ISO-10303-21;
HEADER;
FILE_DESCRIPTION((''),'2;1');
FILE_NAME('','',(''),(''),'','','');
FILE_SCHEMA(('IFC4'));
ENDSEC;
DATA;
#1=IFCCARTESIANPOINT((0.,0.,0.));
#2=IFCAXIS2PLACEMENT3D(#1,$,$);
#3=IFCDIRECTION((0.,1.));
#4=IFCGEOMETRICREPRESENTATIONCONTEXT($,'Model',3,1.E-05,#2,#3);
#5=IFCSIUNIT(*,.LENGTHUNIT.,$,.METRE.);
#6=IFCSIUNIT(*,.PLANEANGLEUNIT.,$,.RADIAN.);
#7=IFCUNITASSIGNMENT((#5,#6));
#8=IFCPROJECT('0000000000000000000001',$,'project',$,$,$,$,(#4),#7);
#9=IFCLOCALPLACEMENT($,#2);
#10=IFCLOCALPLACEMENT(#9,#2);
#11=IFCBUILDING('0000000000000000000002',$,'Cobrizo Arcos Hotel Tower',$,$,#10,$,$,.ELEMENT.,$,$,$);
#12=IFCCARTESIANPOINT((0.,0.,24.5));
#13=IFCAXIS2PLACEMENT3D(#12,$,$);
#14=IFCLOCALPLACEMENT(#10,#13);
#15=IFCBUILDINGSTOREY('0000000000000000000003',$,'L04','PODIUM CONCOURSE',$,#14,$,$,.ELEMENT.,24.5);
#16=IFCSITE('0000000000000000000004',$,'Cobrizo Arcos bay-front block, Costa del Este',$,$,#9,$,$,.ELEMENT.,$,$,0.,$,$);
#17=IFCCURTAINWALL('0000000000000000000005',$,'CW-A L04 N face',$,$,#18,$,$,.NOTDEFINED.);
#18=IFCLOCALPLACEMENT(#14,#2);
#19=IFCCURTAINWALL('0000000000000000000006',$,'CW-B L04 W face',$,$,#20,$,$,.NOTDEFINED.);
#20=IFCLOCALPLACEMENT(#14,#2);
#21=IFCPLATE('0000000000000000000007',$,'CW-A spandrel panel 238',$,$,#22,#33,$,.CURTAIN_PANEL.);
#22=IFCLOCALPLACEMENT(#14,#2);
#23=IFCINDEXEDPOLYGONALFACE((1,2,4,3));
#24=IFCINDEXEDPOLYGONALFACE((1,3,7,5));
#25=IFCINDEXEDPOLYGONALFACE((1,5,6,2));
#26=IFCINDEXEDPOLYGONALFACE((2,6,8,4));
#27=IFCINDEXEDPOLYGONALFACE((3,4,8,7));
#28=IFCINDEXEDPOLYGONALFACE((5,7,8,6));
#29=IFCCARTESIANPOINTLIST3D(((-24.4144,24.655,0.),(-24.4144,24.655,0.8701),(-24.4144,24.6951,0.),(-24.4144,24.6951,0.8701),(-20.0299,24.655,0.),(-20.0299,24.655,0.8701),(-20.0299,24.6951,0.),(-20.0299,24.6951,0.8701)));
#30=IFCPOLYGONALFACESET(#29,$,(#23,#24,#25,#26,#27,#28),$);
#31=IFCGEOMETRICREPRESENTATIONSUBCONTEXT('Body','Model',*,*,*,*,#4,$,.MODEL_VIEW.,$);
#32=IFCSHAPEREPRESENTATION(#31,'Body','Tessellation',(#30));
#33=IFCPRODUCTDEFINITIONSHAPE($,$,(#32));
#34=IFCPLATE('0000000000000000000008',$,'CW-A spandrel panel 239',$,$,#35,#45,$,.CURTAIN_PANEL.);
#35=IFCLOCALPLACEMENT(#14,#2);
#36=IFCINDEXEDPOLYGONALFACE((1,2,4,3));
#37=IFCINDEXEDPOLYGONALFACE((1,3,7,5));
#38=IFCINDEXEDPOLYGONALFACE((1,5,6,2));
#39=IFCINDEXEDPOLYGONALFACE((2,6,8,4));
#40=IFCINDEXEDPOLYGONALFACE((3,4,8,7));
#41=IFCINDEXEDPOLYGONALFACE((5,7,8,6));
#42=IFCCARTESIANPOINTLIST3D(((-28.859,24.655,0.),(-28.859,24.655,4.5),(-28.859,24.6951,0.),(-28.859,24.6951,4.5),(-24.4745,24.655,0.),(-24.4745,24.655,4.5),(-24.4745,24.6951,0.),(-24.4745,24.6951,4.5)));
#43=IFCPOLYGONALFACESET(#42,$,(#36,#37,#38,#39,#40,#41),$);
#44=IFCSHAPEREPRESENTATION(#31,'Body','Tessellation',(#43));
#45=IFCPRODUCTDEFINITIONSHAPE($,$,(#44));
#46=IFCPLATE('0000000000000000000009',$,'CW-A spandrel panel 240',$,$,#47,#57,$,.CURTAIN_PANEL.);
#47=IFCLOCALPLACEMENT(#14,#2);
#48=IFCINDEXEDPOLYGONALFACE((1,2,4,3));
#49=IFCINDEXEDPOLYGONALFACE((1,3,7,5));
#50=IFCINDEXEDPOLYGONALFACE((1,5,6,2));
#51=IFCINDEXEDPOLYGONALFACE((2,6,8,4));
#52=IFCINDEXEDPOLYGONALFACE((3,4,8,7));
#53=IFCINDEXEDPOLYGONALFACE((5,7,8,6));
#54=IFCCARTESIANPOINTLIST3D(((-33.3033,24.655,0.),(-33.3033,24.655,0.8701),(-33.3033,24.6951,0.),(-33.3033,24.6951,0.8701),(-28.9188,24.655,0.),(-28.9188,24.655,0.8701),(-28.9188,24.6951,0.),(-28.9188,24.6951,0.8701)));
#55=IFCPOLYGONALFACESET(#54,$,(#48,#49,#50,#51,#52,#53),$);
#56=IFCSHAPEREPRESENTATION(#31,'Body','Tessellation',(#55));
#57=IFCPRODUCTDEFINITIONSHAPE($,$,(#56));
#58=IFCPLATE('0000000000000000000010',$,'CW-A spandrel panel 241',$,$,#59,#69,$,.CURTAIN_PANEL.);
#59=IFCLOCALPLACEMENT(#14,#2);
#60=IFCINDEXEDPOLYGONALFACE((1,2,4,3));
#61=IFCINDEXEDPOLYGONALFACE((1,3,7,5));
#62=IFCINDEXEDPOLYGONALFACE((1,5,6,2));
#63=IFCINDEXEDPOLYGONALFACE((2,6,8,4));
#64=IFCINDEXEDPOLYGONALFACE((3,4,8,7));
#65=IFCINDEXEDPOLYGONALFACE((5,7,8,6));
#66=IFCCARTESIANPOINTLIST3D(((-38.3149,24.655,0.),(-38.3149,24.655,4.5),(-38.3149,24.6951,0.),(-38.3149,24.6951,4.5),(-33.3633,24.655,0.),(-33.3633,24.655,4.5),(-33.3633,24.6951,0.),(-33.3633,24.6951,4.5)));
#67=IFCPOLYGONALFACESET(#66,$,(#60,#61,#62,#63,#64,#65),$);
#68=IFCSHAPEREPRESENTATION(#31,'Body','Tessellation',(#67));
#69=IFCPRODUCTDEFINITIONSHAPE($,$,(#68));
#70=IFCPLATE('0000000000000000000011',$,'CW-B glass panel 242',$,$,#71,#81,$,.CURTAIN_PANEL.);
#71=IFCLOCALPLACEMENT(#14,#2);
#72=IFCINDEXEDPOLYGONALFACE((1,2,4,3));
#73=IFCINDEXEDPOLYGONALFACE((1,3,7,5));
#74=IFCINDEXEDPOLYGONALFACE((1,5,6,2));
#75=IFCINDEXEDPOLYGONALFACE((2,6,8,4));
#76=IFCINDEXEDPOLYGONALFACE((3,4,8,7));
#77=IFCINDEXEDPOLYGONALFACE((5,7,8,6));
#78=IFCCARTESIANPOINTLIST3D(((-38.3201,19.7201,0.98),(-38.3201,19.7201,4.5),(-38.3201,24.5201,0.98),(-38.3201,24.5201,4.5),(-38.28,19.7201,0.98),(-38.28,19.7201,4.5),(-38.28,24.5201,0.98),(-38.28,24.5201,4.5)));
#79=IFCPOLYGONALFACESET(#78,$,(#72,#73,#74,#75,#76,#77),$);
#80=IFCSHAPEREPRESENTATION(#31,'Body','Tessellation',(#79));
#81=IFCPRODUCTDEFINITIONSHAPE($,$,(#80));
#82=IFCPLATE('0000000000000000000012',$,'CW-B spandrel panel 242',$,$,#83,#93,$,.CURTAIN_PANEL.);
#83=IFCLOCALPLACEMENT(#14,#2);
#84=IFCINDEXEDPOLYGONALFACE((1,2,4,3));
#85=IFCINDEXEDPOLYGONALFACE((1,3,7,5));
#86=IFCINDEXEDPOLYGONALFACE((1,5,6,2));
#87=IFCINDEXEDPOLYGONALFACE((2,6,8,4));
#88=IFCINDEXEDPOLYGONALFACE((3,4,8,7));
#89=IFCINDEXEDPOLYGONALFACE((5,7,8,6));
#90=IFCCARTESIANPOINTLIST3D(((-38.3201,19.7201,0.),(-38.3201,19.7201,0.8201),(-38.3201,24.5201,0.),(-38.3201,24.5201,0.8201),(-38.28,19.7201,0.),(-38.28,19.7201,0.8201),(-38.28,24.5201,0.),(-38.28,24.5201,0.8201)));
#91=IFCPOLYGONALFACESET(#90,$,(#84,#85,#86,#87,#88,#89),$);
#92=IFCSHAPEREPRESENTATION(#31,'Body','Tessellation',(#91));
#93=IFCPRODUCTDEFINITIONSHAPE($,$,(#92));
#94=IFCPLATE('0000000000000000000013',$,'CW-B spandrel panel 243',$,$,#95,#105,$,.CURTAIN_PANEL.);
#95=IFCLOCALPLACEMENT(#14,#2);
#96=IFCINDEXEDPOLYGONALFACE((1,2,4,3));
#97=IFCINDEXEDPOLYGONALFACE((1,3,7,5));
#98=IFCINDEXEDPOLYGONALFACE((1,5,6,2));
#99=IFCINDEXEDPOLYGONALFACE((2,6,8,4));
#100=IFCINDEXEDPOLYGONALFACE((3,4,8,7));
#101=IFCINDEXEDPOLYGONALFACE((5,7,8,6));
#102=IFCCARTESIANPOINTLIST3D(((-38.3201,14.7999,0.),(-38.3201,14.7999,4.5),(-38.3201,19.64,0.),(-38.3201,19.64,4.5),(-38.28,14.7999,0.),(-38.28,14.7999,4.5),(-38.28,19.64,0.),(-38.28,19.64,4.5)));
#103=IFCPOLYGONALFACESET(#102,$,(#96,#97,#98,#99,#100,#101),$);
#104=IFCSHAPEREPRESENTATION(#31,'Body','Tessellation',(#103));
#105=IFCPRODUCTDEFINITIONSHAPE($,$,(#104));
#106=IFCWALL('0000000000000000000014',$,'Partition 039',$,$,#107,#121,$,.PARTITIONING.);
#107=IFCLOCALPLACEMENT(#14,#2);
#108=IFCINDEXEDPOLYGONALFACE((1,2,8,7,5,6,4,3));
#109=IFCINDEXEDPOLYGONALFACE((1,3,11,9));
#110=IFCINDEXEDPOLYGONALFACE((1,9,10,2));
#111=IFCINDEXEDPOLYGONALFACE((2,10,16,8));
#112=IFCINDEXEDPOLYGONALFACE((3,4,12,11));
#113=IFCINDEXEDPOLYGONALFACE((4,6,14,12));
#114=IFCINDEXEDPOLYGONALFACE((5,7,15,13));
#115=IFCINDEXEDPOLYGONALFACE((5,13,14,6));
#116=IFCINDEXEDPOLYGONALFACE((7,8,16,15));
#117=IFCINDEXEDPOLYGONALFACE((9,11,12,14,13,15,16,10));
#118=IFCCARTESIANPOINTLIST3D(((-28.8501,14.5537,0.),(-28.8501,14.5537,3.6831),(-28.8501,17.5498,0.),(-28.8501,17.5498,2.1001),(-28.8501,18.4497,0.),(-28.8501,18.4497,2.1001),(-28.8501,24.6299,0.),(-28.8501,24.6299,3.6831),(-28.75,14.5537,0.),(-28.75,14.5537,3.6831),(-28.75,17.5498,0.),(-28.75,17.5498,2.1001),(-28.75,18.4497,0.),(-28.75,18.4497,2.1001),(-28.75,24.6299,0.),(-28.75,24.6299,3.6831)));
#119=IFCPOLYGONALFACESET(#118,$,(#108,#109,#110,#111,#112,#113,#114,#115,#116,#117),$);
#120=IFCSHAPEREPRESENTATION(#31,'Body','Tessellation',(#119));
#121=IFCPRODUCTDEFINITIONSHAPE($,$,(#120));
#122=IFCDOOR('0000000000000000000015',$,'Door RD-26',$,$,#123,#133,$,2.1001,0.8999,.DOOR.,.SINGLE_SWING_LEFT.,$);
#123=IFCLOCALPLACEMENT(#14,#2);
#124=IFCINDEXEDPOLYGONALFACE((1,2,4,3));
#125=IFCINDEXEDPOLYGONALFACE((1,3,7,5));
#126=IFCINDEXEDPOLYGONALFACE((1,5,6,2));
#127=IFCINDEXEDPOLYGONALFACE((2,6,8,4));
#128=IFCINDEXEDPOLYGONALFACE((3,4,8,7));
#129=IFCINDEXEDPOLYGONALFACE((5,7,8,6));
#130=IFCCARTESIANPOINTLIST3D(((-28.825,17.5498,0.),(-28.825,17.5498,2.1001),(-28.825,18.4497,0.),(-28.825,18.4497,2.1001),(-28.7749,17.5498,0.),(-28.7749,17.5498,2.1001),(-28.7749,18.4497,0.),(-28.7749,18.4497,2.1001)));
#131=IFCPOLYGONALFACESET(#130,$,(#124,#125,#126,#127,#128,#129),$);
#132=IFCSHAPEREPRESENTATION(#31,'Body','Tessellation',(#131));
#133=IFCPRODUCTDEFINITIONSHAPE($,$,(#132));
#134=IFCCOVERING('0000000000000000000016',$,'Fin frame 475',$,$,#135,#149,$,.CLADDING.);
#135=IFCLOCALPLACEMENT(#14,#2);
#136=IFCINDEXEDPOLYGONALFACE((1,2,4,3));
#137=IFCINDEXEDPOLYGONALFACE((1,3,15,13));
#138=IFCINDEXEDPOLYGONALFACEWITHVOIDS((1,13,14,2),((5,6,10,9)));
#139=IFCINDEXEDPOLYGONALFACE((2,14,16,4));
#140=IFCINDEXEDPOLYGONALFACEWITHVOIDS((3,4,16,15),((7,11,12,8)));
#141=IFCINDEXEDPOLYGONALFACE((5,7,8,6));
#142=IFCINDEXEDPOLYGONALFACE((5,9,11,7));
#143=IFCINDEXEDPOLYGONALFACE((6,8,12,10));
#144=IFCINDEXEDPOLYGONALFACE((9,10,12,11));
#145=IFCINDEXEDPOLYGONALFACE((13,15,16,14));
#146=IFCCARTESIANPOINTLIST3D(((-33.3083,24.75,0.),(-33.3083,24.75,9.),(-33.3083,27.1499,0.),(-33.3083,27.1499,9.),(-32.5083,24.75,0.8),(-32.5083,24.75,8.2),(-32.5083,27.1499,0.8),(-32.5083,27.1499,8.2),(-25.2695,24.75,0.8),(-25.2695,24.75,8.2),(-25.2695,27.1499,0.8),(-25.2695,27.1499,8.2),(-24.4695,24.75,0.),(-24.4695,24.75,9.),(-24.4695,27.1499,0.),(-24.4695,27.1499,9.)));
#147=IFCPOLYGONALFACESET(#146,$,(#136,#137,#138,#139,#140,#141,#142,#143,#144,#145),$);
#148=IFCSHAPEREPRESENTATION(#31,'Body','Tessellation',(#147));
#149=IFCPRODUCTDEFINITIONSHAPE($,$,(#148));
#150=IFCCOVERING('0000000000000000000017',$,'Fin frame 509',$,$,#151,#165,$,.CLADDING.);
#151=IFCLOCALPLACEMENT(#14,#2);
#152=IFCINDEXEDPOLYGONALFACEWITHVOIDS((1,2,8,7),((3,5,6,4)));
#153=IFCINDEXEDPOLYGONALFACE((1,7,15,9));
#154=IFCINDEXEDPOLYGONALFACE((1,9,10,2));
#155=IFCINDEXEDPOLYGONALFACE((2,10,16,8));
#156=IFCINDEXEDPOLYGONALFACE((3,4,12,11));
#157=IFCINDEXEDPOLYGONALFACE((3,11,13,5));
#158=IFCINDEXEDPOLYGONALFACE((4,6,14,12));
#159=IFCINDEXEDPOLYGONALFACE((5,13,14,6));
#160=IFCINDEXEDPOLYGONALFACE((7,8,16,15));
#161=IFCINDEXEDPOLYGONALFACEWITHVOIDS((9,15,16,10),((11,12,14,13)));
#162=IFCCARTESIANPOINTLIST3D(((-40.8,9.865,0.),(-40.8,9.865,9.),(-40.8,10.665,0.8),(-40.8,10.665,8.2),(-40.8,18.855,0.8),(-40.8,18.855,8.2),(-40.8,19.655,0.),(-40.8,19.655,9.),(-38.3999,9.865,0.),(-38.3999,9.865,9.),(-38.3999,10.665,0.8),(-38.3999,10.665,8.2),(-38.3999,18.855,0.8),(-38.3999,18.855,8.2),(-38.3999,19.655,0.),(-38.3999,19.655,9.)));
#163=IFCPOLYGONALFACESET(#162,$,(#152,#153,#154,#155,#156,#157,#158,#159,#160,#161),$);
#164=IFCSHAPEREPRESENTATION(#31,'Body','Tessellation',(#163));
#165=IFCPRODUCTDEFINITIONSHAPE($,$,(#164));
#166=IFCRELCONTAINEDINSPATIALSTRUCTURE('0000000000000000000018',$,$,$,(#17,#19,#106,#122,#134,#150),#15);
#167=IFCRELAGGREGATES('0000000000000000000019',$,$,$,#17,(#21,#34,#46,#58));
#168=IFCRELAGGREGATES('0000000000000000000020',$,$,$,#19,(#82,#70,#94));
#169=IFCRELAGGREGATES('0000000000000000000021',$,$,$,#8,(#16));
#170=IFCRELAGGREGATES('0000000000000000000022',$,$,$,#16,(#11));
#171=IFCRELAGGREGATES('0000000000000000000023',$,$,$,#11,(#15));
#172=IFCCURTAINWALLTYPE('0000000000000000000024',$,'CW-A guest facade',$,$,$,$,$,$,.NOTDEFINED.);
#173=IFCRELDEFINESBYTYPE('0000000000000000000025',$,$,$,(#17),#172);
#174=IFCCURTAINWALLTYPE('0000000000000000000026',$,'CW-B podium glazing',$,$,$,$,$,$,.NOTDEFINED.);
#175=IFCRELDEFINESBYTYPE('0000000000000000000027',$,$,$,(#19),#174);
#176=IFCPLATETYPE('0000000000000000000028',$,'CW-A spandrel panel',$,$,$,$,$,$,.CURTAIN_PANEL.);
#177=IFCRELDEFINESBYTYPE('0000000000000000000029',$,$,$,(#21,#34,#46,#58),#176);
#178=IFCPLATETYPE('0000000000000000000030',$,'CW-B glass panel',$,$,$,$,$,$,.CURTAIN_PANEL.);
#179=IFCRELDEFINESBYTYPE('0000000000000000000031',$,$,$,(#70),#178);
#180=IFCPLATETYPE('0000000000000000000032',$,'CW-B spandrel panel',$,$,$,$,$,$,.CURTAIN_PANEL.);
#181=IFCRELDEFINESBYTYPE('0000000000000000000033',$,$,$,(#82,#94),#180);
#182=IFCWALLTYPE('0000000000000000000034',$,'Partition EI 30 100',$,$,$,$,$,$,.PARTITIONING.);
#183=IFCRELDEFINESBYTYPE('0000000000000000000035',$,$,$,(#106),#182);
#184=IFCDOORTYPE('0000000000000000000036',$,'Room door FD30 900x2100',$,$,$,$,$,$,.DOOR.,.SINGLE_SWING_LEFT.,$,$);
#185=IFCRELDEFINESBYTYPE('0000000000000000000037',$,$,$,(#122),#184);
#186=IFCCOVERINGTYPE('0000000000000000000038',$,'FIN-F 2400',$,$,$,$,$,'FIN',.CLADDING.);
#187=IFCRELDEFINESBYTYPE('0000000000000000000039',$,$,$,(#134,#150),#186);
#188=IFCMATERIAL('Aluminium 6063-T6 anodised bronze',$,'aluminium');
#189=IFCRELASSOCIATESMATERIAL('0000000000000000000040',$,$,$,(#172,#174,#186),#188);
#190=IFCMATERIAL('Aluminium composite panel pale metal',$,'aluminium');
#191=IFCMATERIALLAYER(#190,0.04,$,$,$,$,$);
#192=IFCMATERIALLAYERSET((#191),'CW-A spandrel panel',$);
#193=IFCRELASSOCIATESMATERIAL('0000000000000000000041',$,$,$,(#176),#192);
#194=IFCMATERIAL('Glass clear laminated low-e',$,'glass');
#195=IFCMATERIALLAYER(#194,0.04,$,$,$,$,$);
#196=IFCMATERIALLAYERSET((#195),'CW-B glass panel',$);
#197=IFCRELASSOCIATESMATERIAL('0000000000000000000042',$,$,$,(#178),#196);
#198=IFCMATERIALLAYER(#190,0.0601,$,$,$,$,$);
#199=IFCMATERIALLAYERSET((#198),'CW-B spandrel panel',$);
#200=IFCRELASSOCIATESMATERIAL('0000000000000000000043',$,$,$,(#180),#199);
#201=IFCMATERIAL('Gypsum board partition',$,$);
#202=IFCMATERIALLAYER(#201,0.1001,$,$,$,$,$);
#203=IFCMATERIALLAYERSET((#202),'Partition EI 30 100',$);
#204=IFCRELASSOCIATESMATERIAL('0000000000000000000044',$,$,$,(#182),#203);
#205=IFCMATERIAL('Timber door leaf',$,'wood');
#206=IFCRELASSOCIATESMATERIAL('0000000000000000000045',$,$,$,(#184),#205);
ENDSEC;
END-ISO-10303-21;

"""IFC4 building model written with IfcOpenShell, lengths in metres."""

from ifc_helpers import new_model, si_unit, direction, frame, frame_2d, origin, origin_2d, place, context, subcontext, project, spatial, polyline, rectangle, outline, extrude, material, layer, layer_set, type_object, element, fill, aggregate, save


model = new_model("IFC4")

# Units and contexts
model_context = context("Model", 3, precision=1e-05, world=origin(), true_north=direction((0.0, 1.0)))
body_context = subcontext(model_context, "Body", "Model", "MODEL_VIEW")
ifc_project = project(units=[si_unit("LENGTHUNIT", "METRE"), si_unit("PLANEANGLEUNIT", "RADIAN")], contexts=[model_context])

# Site, building, storey
site_placement = place(None, origin())
site = spatial("IfcSite", under=ifc_project, at=site_placement, Name="Cobrizo Arcos bay-front block, Costa del Este", CompositionType="ELEMENT", RefElevation=0.0)
building_placement = place(site_placement, origin())
building = spatial("IfcBuilding", under=site, at=building_placement, Name="Cobrizo Arcos Hotel Tower", CompositionType="ELEMENT")
storey_placement = place(building_placement, frame((0.0, 0.0, 24.5)))
storey = spatial("IfcBuildingStorey", under=building, at=storey_placement, Name="L04", Description="PODIUM CONCOURSE", CompositionType="ELEMENT", Elevation=24.5)

# Curtain walls
ifc_material_1 = material(Name="Aluminium 6063-T6 anodised bronze", Category="aluminium")
curtain_wall_type_1 = type_object("IfcCurtainWallType", Name="CW-A guest facade", PredefinedType="NOTDEFINED", material=ifc_material_1)
curtain_wall_1_placement = place(storey_placement, origin())
curtain_wall_1 = element("IfcCurtainWall", 1, at=curtain_wall_1_placement, inside=storey, type_object=curtain_wall_type_1, Name="CW-A L04 N face", PredefinedType="NOTDEFINED")
curtain_wall_type_2 = type_object("IfcCurtainWallType", Name="CW-B podium glazing", PredefinedType="NOTDEFINED", material=ifc_material_1)
curtain_wall_2_placement = place(storey_placement, origin())
curtain_wall_2 = element("IfcCurtainWall", 2, at=curtain_wall_2_placement, inside=storey, type_object=curtain_wall_type_2, Name="CW-B L04 W face", PredefinedType="NOTDEFINED")

# Plates
ifc_material_2 = material(Name="Glass clear laminated low-e", Category="glass")
ifc_material_3 = material(Name="Aluminium composite panel pale metal", Category="aluminium")
ifc_layer_1 = layer(ifc_material_3, 0.04)
ifc_layer_set_1 = layer_set([ifc_layer_1], Name="CW-A spandrel panel")
plate_type_1 = type_object("IfcPlateType", Name="CW-A spandrel panel", PredefinedType="CURTAIN_PANEL", material=ifc_layer_set_1)
plate_1_placement = place(storey_placement, frame((-22.2222, 24.675, 0.0), z_axis=(0.0, 0.0, 1.0), x_axis=(-1.0, 0.0, 0.0)))
plate_1 = element("IfcPlate", 3, at=plate_1_placement, type_object=plate_type_1, Name="CW-A spandrel panel 238", PredefinedType="CURTAIN_PANEL", context=body_context, shape_type="SweptSolid", body=[
    extrude(rectangle(XDim=4.3845, YDim=0.04, at=origin_2d()), origin(), (0.0, 0.0, 1.0), 0.8701),
])
plate_2_placement = place(storey_placement, frame((-26.6667, 24.675, 0.0), z_axis=(0.0, 0.0, 1.0), x_axis=(-1.0, 0.0, 0.0)))
plate_2 = element("IfcPlate", 4, at=plate_2_placement, type_object=plate_type_1, Name="CW-A spandrel panel 239", PredefinedType="CURTAIN_PANEL", context=body_context, shape_type="SweptSolid", body=[
    extrude(rectangle(XDim=4.3845, YDim=0.04, at=origin_2d()), origin(), (0.0, 0.0, 1.0), 4.5),
])
plate_3_placement = place(storey_placement, frame((-31.1111, 24.675, 0.0), z_axis=(0.0, 0.0, 1.0), x_axis=(-1.0, 0.0, 0.0)))
plate_3 = element("IfcPlate", 5, at=plate_3_placement, type_object=plate_type_1, Name="CW-A spandrel panel 240", PredefinedType="CURTAIN_PANEL", context=body_context, shape_type="SweptSolid", body=[
    extrude(rectangle(XDim=4.3845, YDim=0.04, at=origin_2d()), origin(), (0.0, 0.0, 1.0), 0.8701),
])
plate_4_placement = place(storey_placement, frame((-35.8391, 24.675, 0.0), z_axis=(0.0, 0.0, 1.0), x_axis=(-1.0, 0.0, 0.0)))
plate_4 = element("IfcPlate", 6, at=plate_4_placement, type_object=plate_type_1, Name="CW-A spandrel panel 241", PredefinedType="CURTAIN_PANEL", context=body_context, shape_type="SweptSolid", body=[
    extrude(rectangle(XDim=4.9517, YDim=0.04, at=origin_2d()), origin(), (0.0, 0.0, 1.0), 4.5),
])
aggregate(curtain_wall_1, [plate_1, plate_2, plate_3, plate_4])
ifc_layer_2 = layer(ifc_material_2, 0.04)
ifc_layer_set_2 = layer_set([ifc_layer_2], Name="CW-B glass panel")
plate_type_2 = type_object("IfcPlateType", Name="CW-B glass panel", PredefinedType="CURTAIN_PANEL", material=ifc_layer_set_2)
plate_5_placement = place(storey_placement, frame((-38.3, 22.1201, 0.98), z_axis=(0.0, 0.0, 1.0), x_axis=(0.0, -1.0, 0.0)))
plate_5 = element("IfcPlate", 7, at=plate_5_placement, type_object=plate_type_2, Name="CW-B glass panel 242", PredefinedType="CURTAIN_PANEL", context=body_context, shape_type="SweptSolid", body=[
    extrude(rectangle(XDim=4.8, YDim=0.04, at=origin_2d()), origin(), (0.0, 0.0, 1.0), 3.52),
])
ifc_layer_3 = layer(ifc_material_3, 0.0601)
ifc_layer_set_3 = layer_set([ifc_layer_3], Name="CW-B spandrel panel")
plate_type_3 = type_object("IfcPlateType", Name="CW-B spandrel panel", PredefinedType="CURTAIN_PANEL", material=ifc_layer_set_3)
plate_6_placement = place(storey_placement, frame((-38.3, 22.1201, 0.0), z_axis=(0.0, 0.0, 1.0), x_axis=(0.0, -1.0, 0.0)))
plate_6 = element("IfcPlate", 8, at=plate_6_placement, type_object=plate_type_3, Name="CW-B spandrel panel 242", PredefinedType="CURTAIN_PANEL", context=body_context, shape_type="SweptSolid", body=[
    extrude(rectangle(XDim=4.8, YDim=0.04, at=origin_2d()), origin(), (0.0, 0.0, 1.0), 0.8201),
])
plate_7_placement = place(storey_placement, frame((-38.3, 17.22, 0.0), z_axis=(0.0, 0.0, 1.0), x_axis=(0.0, -1.0, 0.0)))
plate_7 = element("IfcPlate", 9, at=plate_7_placement, type_object=plate_type_3, Name="CW-B spandrel panel 243", PredefinedType="CURTAIN_PANEL", context=body_context, shape_type="SweptSolid", body=[
    extrude(rectangle(XDim=4.8401, YDim=0.04, at=origin_2d()), origin(), (0.0, 0.0, 1.0), 4.5),
])
aggregate(curtain_wall_2, [plate_6, plate_5, plate_7])

# Wall, opening, door
ifc_material_4 = material(Name="Gypsum board partition")
ifc_layer_4 = layer(ifc_material_4, 0.1001)
ifc_layer_set_4 = layer_set([ifc_layer_4], Name="Partition EI 30 100")
wall_type = type_object("IfcWallType", Name="Partition EI 30 100", PredefinedType="PARTITIONING", material=ifc_layer_set_4)
wall_placement = place(storey_placement, frame((-28.8, 14.5537, 0.0), z_axis=(0.0, 0.0, 1.0), x_axis=(0.0, 1.0, 0.0)))
wall = element("IfcWall", 10, at=wall_placement, inside=storey, type_object=wall_type, Name="Partition 039", PredefinedType="PARTITIONING", context=body_context, shape_type="SweptSolid", body=[
    extrude(rectangle(XDim=10.0762, YDim=0.1001, at=frame_2d((5.0381, 0.0))), origin(), (0.0, 0.0, 1.0), 3.6831),
])
opening_placement = place(wall_placement, frame((2.9961, 0.0, 0.0)))
opening = element("IfcOpeningElement", 11, at=opening_placement, cuts=wall, PredefinedType="OPENING", context=body_context, shape_type="SweptSolid", body=[
    extrude(rectangle(XDim=0.8999, YDim=2.1001, at=frame_2d((0.45, 1.05))), frame((0.0, 0.062, 0.0), z_axis=(0.0, -1.0, 0.0), x_axis=(1.0, 0.0, 0.0)), (0.0, 0.0, 1.0), 0.124),
])
ifc_material_5 = material(Name="Timber door leaf", Category="wood")
door_type = type_object("IfcDoorType", Name="Room door FD30 900x2100", OperationType="SINGLE_SWING_LEFT", PredefinedType="DOOR", material=ifc_material_5)
door_placement = place(opening_placement, origin())
door = element("IfcDoor", 12, at=door_placement, inside=storey, type_object=door_type, Name="Door RD-26", OperationType="SINGLE_SWING_LEFT", OverallHeight=2.1001, OverallWidth=0.8999, PredefinedType="DOOR", context=body_context, shape_type="SweptSolid", body=[
    extrude(rectangle(XDim=0.8999, YDim=2.1001, at=frame_2d((0.45, 1.05))), frame((0.0, 0.0249, 0.0), z_axis=(0.0, -1.0, 0.0), x_axis=(1.0, 0.0, 0.0)), (0.0, 0.0, 1.0), 0.05),
])
fill(opening, door)

# Coverings
covering_type = type_object("IfcCoveringType", Name="FIN-F 2400", ElementType="FIN", PredefinedType="CLADDING", material=ifc_material_1)
covering_1_placement = place(storey_placement, frame((-24.4695, 24.75, 0.0), z_axis=(0.0, 1.0, 0.0), x_axis=(-1.0, 0.0, 0.0)))
element("IfcCovering", 13, at=covering_1_placement, inside=storey, type_object=covering_type, Name="Fin frame 475", PredefinedType="CLADDING", context=body_context, shape_type="SweptSolid", body=[
    extrude(outline(polyline([(0.0, 9.0), (0.0, 0.0), (8.8389, 0.0), (8.8389, 9.0), (0.0, 9.0)]), holes=[polyline([(8.0388, 0.8), (0.8, 0.8), (0.8, 8.2), (8.0388, 8.2), (8.0388, 0.8)])]), origin(), (0.0, 0.0, 1.0), 2.3999),
])
covering_2_placement = place(storey_placement, frame((-38.3999, 19.655, 0.0), z_axis=(-1.0, 0.0, 0.0), x_axis=(0.0, -1.0, 0.0)))
element("IfcCovering", 14, at=covering_2_placement, inside=storey, type_object=covering_type, Name="Fin frame 509", PredefinedType="CLADDING", context=body_context, shape_type="SweptSolid", body=[
    extrude(outline(polyline([(0.0, 9.0), (0.0, 0.0), (9.79, 0.0), (9.79, 9.0), (0.0, 9.0)]), holes=[polyline([(8.99, 0.8), (0.8, 0.8), (0.8, 8.2), (8.99, 8.2), (8.99, 0.8)])]), origin(), (0.0, 0.0, 1.0), 2.4001),
])

save(model, "model.ifc")
